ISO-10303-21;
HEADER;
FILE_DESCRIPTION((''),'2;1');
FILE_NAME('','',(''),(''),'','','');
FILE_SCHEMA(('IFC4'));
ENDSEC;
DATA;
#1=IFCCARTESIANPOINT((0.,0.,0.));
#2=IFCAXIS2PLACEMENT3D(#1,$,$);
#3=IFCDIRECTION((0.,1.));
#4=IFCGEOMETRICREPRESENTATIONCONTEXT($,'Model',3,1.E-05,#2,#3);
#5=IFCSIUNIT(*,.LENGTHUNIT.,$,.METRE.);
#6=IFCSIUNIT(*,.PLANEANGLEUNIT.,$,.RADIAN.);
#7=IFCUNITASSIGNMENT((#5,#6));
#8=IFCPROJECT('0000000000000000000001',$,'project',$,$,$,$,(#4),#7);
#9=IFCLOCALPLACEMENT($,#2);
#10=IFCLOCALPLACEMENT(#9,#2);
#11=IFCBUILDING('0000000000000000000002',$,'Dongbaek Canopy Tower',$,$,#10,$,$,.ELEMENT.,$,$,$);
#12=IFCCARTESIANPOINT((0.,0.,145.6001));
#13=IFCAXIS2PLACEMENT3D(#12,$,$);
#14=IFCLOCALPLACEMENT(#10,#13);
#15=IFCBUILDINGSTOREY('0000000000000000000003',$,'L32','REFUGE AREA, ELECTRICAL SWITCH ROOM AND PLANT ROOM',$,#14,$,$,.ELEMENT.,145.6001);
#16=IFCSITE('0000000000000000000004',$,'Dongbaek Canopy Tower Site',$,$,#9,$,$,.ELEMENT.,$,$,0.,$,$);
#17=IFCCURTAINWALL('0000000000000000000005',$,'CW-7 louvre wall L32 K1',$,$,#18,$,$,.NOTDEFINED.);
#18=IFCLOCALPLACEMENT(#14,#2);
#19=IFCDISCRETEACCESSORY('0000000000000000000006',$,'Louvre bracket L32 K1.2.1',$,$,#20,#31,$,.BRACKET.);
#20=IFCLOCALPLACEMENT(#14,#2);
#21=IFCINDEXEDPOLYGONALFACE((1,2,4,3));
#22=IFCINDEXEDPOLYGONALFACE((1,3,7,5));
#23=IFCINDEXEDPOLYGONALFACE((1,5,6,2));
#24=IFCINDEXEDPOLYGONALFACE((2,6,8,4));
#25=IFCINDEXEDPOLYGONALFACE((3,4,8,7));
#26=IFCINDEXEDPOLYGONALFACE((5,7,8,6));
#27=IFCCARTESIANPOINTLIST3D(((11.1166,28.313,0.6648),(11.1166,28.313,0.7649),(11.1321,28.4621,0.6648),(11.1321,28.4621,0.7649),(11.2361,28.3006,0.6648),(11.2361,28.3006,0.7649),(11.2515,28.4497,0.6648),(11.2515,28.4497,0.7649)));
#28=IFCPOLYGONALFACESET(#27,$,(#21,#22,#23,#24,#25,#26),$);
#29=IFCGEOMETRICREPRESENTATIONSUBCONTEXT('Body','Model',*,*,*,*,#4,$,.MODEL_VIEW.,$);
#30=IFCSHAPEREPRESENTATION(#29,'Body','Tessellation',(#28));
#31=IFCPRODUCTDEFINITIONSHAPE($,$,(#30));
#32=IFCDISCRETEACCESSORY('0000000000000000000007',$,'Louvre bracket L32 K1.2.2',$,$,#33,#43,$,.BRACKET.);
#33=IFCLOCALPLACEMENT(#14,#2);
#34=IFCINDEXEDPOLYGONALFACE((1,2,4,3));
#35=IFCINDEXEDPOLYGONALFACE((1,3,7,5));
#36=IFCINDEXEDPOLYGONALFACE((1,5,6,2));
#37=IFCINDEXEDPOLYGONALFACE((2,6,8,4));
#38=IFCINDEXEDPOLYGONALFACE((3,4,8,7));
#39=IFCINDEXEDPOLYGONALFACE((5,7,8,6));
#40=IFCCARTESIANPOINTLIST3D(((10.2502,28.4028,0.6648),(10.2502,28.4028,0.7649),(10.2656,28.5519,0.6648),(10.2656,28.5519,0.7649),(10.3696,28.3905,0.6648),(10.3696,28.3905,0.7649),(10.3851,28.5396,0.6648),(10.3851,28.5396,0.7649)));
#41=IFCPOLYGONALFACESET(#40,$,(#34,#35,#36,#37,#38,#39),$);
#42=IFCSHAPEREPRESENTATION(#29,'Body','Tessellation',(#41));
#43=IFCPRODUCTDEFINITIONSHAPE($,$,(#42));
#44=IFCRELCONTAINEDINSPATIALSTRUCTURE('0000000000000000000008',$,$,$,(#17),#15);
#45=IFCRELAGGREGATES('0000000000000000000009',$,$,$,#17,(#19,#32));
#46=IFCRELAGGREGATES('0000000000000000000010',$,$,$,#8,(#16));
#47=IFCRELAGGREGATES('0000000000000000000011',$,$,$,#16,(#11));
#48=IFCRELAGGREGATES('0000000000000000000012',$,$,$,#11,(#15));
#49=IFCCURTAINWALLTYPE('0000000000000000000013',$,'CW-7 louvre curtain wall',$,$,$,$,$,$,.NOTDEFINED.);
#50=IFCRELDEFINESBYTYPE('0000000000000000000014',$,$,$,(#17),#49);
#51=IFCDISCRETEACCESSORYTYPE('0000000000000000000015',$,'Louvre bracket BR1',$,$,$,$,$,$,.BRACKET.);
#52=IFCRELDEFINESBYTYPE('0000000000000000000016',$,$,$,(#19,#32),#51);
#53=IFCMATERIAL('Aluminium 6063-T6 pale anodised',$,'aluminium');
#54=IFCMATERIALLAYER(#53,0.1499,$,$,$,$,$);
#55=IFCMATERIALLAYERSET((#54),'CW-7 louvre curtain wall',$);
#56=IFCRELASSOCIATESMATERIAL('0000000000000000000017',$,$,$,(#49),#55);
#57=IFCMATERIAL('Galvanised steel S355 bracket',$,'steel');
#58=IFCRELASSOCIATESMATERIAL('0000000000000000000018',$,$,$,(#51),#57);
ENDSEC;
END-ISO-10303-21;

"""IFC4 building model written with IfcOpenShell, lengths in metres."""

from ifc_helpers import new_model, si_unit, direction, frame, origin, origin_2d, place, context, subcontext, project, spatial, rectangle, extrude, material, layer, layer_set, type_object, element, aggregate, save


model = new_model("IFC4")

# Units and contexts
model_context = context("Model", 3, precision=1e-05, world=origin(), true_north=direction((0.0, 1.0)))
body_context = subcontext(model_context, "Body", "Model", "MODEL_VIEW")
ifc_project = project(units=[si_unit("LENGTHUNIT", "METRE"), si_unit("PLANEANGLEUNIT", "RADIAN")], contexts=[model_context])

# Site, building, storey
site_placement = place(None, origin())
site = spatial("IfcSite", under=ifc_project, at=site_placement, Name="Dongbaek Canopy Tower Site", CompositionType="ELEMENT", RefElevation=0.0)
building_placement = place(site_placement, origin())
building = spatial("IfcBuilding", under=site, at=building_placement, Name="Dongbaek Canopy Tower", CompositionType="ELEMENT")
storey_placement = place(building_placement, frame((0.0, 0.0, 145.6001)))
storey = spatial("IfcBuildingStorey", under=building, at=storey_placement, Name="L32", Description="REFUGE AREA, ELECTRICAL SWITCH ROOM AND PLANT ROOM", CompositionType="ELEMENT", Elevation=145.6001)

# Shared definitions
ifc_material_1 = material(Name="Aluminium 6063-T6 pale anodised", Category="aluminium")
ifc_layer_1 = layer(ifc_material_1, 0.1499)
ifc_layer_set_1 = layer_set([ifc_layer_1], Name="CW-7 louvre curtain wall")
curtain_wall_type = type_object("IfcCurtainWallType", Name="CW-7 louvre curtain wall", PredefinedType="NOTDEFINED", material=ifc_layer_set_1)

# Curtain wall
curtain_wall_1_placement = place(storey_placement, origin())
curtain_wall_1 = element("IfcCurtainWall", 1, at=curtain_wall_1_placement, inside=storey, type_object=curtain_wall_type, Name="CW-7 louvre wall L32 K1", PredefinedType="NOTDEFINED")

# Discrete accessories
ifc_material_2 = material(Name="Galvanised steel S355 bracket", Category="steel")
discrete_accessory_type = type_object("IfcDiscreteAccessoryType", Name="Louvre bracket BR1", PredefinedType="BRACKET", material=ifc_material_2)
discrete_accessory_1_placement = place(storey_placement, frame((11.1841, 28.3813, 0.6648), z_axis=(0.0, 0.0, 1.0), x_axis=(-0.994681, 0.103005, 0.0)))
discrete_accessory_1 = element("IfcDiscreteAccessory", 2, at=discrete_accessory_1_placement, type_object=discrete_accessory_type, Name="Louvre bracket L32 K1.2.1", PredefinedType="BRACKET", context=body_context, shape_type="SweptSolid", body=[
    extrude(rectangle(XDim=0.1201, YDim=0.1499, at=origin_2d()), origin(), (0.0, 0.0, 1.0), 0.1001),
])
discrete_accessory_2_placement = place(storey_placement, frame((10.3176, 28.4712, 0.6648), z_axis=(0.0, 0.0, 1.0), x_axis=(-0.994681, 0.103005, 0.0)))
discrete_accessory_2 = element("IfcDiscreteAccessory", 3, at=discrete_accessory_2_placement, type_object=discrete_accessory_type, Name="Louvre bracket L32 K1.2.2", PredefinedType="BRACKET", context=body_context, shape_type="SweptSolid", body=[
    extrude(rectangle(XDim=0.1201, YDim=0.1499, at=origin_2d()), origin(), (0.0, 0.0, 1.0), 0.1001),
])
aggregate(curtain_wall_1, [discrete_accessory_1, discrete_accessory_2])

save(model, "model.ifc")
